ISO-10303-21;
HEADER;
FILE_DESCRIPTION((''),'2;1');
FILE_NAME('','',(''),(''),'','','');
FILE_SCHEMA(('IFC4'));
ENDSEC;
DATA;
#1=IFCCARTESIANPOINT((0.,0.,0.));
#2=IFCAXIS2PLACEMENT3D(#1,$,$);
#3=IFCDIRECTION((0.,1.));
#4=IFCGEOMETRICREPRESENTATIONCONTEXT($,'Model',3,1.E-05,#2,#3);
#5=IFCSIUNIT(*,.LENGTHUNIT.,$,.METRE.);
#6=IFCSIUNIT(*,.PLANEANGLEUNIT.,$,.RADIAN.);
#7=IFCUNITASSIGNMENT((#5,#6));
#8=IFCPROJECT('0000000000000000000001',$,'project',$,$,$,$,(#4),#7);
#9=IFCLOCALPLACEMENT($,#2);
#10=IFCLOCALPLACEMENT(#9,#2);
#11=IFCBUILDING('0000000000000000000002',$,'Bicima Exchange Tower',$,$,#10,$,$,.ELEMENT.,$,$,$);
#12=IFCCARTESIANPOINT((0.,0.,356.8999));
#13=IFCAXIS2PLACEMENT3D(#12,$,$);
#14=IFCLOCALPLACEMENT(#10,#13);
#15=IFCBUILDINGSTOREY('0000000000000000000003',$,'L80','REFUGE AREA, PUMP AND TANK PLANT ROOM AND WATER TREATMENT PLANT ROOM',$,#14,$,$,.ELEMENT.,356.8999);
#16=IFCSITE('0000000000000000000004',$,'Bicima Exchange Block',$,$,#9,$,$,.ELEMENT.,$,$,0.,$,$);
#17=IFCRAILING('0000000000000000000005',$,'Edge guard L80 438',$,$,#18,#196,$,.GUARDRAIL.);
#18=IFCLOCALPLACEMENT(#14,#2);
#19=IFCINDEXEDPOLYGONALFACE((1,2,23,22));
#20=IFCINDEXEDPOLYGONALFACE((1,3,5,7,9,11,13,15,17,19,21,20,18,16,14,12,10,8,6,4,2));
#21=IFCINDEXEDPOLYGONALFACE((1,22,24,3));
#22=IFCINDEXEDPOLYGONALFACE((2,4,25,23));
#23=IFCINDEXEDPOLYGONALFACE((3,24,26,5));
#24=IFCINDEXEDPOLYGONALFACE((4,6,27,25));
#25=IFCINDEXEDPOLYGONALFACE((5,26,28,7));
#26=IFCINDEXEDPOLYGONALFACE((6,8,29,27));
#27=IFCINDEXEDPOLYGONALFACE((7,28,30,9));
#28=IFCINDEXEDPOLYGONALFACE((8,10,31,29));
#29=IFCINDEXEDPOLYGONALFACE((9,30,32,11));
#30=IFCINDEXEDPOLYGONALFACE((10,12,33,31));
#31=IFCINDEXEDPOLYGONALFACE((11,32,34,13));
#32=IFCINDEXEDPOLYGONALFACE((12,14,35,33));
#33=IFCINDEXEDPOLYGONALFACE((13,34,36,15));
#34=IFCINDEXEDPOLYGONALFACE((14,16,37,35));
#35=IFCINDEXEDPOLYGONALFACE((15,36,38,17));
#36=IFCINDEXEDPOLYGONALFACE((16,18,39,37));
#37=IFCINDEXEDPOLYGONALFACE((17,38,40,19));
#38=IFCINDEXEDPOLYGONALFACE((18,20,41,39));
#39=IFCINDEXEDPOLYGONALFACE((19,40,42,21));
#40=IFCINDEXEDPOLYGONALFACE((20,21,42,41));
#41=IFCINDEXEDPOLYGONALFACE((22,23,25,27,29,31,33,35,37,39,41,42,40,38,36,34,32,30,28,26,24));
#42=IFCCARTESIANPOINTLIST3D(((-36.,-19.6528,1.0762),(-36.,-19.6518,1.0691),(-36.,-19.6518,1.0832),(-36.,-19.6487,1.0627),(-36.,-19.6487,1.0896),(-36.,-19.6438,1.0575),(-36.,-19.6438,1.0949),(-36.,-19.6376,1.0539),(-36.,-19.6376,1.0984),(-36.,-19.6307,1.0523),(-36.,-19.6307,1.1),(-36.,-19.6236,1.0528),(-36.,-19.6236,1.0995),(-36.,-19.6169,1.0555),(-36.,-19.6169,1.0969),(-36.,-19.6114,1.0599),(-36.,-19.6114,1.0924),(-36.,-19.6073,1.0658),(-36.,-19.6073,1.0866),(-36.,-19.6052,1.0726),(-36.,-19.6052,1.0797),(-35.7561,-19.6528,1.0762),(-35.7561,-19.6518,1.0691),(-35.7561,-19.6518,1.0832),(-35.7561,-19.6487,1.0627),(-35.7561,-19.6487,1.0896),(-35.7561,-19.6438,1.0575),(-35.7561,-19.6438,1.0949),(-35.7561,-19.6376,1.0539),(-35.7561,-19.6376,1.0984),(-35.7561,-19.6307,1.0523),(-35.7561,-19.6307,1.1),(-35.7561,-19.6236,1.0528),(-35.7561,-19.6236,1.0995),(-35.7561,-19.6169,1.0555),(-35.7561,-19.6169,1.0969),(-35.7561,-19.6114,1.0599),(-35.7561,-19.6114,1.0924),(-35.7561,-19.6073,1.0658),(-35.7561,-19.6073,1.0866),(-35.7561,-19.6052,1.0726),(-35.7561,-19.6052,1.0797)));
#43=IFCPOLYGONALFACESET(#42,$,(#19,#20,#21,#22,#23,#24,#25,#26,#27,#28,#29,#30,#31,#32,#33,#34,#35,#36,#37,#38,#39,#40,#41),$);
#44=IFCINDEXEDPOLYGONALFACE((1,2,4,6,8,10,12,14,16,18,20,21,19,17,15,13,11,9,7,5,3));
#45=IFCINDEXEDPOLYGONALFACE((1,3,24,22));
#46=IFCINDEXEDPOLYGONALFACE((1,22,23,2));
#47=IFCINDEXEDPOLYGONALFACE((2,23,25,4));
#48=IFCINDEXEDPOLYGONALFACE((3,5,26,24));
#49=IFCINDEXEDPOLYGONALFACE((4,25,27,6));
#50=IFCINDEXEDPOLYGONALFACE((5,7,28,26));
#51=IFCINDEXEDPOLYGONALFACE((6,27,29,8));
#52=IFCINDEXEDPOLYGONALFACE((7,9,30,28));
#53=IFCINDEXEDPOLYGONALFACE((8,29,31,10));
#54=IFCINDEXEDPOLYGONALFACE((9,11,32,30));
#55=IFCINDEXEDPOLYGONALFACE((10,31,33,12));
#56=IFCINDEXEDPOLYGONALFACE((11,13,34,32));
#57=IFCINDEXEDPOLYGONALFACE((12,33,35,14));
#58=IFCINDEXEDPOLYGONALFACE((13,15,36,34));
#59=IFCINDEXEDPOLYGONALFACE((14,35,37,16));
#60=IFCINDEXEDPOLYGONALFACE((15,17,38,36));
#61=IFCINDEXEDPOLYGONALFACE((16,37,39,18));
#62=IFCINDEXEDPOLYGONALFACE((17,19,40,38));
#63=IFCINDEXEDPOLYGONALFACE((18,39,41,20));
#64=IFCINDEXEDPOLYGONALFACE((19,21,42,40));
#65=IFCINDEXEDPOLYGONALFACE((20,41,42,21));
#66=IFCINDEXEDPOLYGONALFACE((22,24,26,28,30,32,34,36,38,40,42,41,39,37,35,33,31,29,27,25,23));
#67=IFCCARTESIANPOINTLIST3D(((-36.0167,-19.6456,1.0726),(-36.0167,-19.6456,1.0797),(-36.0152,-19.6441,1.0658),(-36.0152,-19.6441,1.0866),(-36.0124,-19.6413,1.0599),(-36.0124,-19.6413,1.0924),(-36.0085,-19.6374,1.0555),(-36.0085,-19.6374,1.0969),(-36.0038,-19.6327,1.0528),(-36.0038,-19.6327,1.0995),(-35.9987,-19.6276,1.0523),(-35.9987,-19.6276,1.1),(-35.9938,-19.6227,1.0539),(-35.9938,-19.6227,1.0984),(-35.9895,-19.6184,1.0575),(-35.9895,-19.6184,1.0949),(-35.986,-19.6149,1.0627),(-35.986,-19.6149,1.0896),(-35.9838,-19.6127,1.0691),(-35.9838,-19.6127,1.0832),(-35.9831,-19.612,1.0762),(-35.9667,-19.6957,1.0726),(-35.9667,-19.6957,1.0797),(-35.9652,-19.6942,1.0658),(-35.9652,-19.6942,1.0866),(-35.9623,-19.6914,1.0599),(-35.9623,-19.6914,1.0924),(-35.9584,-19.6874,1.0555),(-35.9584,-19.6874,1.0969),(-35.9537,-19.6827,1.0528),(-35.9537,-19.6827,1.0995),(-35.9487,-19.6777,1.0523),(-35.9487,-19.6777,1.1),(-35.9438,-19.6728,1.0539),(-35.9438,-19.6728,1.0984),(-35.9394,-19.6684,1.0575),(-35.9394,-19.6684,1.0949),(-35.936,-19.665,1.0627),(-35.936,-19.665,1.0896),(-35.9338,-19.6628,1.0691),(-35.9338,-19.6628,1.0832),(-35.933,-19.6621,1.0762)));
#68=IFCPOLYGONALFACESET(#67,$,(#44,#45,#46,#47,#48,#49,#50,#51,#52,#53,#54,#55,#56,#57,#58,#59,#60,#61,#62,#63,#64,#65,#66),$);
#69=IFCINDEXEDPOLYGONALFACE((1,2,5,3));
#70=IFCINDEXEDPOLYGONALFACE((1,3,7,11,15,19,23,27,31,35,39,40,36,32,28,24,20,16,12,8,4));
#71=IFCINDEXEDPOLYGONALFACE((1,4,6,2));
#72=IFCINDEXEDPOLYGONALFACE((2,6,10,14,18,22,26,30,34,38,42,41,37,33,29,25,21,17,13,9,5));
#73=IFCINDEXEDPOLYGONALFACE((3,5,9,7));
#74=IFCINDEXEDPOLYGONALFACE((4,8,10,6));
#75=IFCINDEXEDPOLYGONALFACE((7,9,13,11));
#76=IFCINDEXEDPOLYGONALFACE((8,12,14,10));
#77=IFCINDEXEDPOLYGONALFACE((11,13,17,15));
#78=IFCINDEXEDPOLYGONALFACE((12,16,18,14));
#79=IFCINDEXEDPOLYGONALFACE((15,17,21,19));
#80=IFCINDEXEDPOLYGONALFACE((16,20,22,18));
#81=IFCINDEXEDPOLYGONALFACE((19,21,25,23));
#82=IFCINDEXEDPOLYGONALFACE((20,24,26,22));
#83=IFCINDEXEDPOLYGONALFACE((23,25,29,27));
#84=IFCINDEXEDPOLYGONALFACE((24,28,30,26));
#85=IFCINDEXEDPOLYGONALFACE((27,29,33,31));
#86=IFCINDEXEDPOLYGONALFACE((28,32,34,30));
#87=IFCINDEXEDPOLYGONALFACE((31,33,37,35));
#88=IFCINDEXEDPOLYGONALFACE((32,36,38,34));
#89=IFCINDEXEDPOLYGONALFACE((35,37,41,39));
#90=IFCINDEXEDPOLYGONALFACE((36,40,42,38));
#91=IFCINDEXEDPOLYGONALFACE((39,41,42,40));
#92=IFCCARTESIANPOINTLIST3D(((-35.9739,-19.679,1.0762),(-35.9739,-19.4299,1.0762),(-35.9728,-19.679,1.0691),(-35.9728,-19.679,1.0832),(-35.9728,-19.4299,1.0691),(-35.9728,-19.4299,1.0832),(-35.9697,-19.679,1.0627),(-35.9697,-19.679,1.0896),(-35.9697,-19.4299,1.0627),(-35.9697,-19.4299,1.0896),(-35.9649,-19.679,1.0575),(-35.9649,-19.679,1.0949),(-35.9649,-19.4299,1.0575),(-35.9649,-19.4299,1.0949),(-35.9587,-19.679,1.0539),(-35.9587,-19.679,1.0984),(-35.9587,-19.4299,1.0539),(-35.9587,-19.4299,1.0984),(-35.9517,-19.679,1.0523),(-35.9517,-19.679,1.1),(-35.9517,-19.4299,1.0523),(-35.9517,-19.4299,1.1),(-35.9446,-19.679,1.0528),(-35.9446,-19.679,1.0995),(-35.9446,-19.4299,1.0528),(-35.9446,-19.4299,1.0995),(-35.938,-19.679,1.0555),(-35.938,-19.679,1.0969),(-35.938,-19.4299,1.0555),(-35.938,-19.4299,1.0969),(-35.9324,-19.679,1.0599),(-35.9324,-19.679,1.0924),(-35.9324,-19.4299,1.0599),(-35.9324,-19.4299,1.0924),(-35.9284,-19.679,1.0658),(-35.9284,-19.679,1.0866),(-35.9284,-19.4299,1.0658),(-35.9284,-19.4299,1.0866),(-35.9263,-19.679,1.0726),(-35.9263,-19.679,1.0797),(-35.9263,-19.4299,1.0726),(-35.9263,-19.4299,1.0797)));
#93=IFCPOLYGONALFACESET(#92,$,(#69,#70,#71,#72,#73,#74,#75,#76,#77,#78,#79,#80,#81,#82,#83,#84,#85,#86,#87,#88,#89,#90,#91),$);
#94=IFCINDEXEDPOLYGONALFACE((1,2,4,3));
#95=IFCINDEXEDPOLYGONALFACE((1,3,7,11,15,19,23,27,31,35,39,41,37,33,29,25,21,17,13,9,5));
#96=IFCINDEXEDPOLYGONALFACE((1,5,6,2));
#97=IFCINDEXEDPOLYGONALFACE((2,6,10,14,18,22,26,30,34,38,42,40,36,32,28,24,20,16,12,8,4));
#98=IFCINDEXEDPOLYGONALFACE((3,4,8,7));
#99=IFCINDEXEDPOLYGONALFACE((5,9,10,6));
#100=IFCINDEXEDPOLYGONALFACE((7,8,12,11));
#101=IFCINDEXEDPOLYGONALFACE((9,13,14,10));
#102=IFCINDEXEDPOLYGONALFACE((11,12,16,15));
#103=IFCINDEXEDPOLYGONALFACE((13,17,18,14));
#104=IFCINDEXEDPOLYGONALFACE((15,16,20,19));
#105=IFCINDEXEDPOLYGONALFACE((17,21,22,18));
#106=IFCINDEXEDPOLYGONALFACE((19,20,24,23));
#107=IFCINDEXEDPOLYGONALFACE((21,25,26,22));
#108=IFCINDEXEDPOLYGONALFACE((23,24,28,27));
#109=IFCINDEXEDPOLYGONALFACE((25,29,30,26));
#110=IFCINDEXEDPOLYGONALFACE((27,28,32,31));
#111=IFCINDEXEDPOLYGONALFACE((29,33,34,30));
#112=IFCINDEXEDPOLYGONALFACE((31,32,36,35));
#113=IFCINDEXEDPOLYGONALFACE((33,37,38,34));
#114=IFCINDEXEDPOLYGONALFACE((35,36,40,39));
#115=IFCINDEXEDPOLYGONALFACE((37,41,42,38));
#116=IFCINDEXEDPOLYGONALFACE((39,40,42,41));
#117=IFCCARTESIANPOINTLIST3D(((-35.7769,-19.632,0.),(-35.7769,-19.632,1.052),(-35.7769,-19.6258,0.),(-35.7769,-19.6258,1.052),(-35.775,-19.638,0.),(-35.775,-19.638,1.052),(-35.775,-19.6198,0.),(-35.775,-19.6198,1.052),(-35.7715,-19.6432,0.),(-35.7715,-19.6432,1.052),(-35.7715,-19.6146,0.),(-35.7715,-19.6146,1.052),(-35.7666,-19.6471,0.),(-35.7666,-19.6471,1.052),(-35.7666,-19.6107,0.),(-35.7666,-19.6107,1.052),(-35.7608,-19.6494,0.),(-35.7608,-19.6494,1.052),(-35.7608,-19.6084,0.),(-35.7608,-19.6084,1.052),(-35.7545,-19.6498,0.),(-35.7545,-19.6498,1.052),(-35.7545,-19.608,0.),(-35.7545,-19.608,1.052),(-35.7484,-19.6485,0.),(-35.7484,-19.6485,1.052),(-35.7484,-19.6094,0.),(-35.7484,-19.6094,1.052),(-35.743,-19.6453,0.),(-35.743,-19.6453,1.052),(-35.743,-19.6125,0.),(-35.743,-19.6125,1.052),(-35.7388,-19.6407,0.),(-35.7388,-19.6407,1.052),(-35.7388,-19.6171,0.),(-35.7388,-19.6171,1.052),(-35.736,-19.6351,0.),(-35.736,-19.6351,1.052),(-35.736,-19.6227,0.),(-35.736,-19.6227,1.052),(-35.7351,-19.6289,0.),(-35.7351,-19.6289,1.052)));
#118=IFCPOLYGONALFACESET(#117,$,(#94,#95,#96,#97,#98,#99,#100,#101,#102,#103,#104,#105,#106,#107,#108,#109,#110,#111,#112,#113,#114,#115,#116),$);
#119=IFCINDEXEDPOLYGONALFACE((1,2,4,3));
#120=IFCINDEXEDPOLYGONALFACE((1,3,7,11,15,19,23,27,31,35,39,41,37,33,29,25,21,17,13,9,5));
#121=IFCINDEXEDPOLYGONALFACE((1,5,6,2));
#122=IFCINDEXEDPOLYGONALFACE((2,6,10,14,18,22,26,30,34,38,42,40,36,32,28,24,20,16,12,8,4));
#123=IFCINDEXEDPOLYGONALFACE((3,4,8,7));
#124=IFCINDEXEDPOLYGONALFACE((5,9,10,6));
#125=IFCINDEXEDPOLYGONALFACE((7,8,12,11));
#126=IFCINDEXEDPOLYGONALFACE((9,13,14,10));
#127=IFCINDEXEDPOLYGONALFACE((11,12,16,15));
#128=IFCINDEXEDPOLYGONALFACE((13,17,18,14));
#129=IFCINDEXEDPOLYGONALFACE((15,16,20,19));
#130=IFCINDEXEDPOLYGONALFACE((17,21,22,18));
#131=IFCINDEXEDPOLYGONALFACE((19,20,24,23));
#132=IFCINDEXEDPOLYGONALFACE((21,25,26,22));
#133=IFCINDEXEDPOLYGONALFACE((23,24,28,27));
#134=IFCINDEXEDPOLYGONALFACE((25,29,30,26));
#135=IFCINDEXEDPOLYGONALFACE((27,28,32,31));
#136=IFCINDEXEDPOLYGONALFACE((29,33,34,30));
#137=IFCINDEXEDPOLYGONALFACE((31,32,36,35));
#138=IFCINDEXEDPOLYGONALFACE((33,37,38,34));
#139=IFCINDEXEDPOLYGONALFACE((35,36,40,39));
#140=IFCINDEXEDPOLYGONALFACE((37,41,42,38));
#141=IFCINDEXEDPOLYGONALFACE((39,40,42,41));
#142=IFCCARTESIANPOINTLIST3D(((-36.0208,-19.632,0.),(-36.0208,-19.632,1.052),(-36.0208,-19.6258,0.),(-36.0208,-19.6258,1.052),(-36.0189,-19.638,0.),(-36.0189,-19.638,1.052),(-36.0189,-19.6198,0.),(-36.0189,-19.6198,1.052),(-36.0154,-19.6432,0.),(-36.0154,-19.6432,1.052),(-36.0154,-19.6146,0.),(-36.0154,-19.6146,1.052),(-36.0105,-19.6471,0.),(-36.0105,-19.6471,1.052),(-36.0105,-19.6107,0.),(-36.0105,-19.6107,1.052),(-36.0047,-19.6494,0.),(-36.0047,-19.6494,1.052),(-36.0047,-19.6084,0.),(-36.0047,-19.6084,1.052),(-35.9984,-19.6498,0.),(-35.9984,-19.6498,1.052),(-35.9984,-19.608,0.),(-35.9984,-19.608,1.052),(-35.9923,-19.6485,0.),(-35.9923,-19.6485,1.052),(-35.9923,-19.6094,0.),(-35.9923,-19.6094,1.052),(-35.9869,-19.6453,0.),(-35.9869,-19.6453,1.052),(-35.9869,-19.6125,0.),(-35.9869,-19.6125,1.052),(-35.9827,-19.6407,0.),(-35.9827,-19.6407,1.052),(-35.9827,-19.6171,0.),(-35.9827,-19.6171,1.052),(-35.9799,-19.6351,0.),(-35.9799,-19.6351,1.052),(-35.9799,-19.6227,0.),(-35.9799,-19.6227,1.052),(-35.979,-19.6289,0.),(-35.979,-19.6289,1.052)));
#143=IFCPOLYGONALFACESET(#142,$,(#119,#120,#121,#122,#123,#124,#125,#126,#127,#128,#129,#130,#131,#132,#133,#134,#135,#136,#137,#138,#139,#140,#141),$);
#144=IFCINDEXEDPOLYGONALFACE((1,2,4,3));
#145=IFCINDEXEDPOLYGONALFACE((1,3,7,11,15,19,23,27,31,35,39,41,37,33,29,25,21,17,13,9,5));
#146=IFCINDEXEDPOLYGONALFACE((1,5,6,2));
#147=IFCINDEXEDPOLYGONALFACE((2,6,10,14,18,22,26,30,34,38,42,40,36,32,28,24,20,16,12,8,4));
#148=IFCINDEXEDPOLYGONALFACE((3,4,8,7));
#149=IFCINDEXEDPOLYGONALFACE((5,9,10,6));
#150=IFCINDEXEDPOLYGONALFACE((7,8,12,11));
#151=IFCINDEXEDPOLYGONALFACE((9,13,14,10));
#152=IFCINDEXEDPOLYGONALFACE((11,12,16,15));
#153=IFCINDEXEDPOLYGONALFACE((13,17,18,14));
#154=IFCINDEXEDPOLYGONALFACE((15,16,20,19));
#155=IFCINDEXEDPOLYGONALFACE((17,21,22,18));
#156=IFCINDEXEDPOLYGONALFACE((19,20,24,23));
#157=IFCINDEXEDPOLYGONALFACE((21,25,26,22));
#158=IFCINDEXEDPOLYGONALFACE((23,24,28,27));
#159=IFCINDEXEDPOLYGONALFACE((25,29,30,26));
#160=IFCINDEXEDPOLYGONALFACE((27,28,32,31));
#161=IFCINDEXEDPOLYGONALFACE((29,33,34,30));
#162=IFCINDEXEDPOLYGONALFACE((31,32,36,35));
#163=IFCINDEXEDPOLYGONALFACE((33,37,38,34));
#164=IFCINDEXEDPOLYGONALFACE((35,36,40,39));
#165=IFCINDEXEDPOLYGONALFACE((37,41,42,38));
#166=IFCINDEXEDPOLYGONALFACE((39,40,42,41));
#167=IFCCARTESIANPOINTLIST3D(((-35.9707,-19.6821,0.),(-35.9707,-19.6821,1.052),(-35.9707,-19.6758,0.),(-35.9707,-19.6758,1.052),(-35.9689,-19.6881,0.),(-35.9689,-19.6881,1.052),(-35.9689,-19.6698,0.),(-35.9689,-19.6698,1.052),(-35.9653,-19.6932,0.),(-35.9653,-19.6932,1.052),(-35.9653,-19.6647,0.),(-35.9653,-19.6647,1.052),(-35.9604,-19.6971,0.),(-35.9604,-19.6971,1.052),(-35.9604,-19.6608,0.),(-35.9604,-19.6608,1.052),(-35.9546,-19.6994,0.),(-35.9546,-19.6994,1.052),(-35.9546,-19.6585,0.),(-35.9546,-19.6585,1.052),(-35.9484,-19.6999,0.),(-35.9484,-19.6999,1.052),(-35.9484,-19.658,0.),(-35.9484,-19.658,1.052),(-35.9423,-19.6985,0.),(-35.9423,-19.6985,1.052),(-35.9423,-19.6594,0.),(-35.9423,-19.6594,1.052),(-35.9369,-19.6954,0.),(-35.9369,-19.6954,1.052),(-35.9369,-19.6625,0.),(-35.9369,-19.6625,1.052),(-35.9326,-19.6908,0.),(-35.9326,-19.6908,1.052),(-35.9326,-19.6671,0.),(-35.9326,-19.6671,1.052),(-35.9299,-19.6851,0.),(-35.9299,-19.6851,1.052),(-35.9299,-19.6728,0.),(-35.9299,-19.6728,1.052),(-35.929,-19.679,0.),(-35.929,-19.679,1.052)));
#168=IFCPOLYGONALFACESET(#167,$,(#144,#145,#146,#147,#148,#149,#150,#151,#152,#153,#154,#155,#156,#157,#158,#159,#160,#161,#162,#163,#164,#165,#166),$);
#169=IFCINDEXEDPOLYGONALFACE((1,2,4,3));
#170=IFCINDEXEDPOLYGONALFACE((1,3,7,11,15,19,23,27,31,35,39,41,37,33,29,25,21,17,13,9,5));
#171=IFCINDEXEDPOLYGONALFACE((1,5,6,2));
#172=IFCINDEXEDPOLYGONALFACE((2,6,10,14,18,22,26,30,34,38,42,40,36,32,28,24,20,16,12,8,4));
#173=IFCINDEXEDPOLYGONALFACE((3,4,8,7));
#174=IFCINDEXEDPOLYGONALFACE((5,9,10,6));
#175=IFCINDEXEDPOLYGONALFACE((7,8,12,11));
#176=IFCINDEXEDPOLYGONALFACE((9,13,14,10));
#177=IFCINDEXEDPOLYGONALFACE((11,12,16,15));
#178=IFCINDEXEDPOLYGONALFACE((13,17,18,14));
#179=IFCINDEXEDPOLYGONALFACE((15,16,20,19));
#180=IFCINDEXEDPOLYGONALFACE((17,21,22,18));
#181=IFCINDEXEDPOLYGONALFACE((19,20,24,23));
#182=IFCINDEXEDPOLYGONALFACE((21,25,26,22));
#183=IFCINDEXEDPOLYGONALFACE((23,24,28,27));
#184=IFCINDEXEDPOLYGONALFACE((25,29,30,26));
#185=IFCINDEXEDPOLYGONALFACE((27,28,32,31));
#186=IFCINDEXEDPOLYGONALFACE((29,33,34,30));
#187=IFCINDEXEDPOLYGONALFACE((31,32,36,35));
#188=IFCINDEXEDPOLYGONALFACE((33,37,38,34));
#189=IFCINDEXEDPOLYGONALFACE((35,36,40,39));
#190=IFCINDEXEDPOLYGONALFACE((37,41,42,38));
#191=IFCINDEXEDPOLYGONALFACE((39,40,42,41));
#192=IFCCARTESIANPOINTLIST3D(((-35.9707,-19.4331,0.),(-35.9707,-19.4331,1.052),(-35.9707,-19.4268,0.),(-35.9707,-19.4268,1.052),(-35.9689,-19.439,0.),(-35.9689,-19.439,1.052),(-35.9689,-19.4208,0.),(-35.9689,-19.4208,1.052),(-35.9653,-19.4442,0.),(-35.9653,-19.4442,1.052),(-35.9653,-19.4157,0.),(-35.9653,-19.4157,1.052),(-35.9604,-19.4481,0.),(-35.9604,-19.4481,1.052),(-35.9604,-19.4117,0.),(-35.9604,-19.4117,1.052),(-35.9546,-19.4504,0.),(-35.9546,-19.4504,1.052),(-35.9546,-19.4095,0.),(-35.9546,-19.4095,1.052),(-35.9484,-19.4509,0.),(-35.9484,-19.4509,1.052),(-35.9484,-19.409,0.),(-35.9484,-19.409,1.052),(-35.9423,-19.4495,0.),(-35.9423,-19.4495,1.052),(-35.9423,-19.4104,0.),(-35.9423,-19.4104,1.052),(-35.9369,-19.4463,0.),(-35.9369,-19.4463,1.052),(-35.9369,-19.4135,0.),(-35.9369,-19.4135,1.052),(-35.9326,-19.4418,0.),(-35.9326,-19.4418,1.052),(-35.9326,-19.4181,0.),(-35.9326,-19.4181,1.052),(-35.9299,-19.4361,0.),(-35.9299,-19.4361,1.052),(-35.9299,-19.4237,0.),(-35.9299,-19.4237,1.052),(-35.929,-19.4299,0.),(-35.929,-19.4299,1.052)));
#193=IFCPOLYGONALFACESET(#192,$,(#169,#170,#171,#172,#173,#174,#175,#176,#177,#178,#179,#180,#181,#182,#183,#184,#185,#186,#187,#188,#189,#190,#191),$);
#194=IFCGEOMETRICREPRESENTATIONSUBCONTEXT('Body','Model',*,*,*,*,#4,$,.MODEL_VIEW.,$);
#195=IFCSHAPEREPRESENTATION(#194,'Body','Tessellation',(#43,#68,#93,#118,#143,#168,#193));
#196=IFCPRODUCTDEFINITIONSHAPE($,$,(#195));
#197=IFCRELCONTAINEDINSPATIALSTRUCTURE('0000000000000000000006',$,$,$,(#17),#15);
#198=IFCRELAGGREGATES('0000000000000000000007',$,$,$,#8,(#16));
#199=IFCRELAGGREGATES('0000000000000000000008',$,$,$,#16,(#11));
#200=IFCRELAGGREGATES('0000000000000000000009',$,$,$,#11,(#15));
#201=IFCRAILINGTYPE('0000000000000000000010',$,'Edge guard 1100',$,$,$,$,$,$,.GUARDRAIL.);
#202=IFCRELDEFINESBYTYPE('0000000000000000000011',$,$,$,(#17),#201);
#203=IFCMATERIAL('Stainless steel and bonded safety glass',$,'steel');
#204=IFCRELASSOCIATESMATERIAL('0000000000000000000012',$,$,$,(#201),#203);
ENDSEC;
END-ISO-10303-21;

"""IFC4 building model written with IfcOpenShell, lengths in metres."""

from ifc_helpers import new_model, si_unit, direction, frame, origin, origin_2d, place, context, subcontext, project, spatial, circle, extrude, material, type_object, element, save


model = new_model("IFC4")

# Units and contexts
model_context = context("Model", 3, precision=1e-05, world=origin(), true_north=direction((0.0, 1.0)))
body_context = subcontext(model_context, "Body", "Model", "MODEL_VIEW")
ifc_project = project(units=[si_unit("LENGTHUNIT", "METRE"), si_unit("PLANEANGLEUNIT", "RADIAN")], contexts=[model_context])

# Site, building, storey
site_placement = place(None, origin())
site = spatial("IfcSite", under=ifc_project, at=site_placement, Name="Bicima Exchange Block", CompositionType="ELEMENT", RefElevation=0.0)
building_placement = place(site_placement, origin())
building = spatial("IfcBuilding", under=site, at=building_placement, Name="Bicima Exchange Tower", CompositionType="ELEMENT")
storey_placement = place(building_placement, frame((0.0, 0.0, 356.8999)))
storey = spatial("IfcBuildingStorey", under=building, at=storey_placement, Name="L80", Description="REFUGE AREA, PUMP AND TANK PLANT ROOM AND WATER TREATMENT PLANT ROOM", CompositionType="ELEMENT", Elevation=356.8999)

# Railing
ifc_material_1 = material(Name="Stainless steel and bonded safety glass", Category="steel")
railing_type = type_object("IfcRailingType", Name="Edge guard 1100", PredefinedType="GUARDRAIL", material=ifc_material_1)
railing_1_placement = place(storey_placement, frame((-35.7561, -19.6289, 0.0)))
element("IfcRailing", 1, at=railing_1_placement, inside=storey, type_object=railing_type, Name="Edge guard L80 438", PredefinedType="GUARDRAIL", context=body_context, shape_type="SweptSolid", body=[
    extrude(circle(Radius=0.0239, at=origin_2d()), frame((0.0, 0.0, 1.0762), z_axis=(-1.0, 0.0, 0.0), x_axis=(0.0, -1.0, 0.0)), (0.0, 0.0, 1.0), 0.2439),
    extrude(circle(Radius=0.0239, at=origin_2d()), frame((-0.2439, 0.0, 1.0762), z_axis=(0.707107, -0.707107, 0.0), x_axis=(0.707107, 0.707107, 0.0)), (0.0, 0.0, 1.0), 0.0708),
    extrude(circle(Radius=0.0239, at=origin_2d()), frame((-0.1938, -0.05, 1.0762), z_axis=(0.0, 1.0, 0.0), x_axis=(-1.0, 0.0, 0.0)), (0.0, 0.0, 1.0), 0.249),
    extrude(circle(Radius=0.021, at=origin_2d()), origin(), (0.0, 0.0, 1.0), 1.052),
    extrude(circle(Radius=0.021, at=origin_2d()), frame((-0.2439, 0.0, 0.0)), (0.0, 0.0, 1.0), 1.052),
    extrude(circle(Radius=0.021, at=origin_2d()), frame((-0.1938, -0.05, 0.0)), (0.0, 0.0, 1.0), 1.052),
    extrude(circle(Radius=0.021, at=origin_2d()), frame((-0.1938, 0.199, 0.0)), (0.0, 0.0, 1.0), 1.052),
])

save(model, "model.ifc")
